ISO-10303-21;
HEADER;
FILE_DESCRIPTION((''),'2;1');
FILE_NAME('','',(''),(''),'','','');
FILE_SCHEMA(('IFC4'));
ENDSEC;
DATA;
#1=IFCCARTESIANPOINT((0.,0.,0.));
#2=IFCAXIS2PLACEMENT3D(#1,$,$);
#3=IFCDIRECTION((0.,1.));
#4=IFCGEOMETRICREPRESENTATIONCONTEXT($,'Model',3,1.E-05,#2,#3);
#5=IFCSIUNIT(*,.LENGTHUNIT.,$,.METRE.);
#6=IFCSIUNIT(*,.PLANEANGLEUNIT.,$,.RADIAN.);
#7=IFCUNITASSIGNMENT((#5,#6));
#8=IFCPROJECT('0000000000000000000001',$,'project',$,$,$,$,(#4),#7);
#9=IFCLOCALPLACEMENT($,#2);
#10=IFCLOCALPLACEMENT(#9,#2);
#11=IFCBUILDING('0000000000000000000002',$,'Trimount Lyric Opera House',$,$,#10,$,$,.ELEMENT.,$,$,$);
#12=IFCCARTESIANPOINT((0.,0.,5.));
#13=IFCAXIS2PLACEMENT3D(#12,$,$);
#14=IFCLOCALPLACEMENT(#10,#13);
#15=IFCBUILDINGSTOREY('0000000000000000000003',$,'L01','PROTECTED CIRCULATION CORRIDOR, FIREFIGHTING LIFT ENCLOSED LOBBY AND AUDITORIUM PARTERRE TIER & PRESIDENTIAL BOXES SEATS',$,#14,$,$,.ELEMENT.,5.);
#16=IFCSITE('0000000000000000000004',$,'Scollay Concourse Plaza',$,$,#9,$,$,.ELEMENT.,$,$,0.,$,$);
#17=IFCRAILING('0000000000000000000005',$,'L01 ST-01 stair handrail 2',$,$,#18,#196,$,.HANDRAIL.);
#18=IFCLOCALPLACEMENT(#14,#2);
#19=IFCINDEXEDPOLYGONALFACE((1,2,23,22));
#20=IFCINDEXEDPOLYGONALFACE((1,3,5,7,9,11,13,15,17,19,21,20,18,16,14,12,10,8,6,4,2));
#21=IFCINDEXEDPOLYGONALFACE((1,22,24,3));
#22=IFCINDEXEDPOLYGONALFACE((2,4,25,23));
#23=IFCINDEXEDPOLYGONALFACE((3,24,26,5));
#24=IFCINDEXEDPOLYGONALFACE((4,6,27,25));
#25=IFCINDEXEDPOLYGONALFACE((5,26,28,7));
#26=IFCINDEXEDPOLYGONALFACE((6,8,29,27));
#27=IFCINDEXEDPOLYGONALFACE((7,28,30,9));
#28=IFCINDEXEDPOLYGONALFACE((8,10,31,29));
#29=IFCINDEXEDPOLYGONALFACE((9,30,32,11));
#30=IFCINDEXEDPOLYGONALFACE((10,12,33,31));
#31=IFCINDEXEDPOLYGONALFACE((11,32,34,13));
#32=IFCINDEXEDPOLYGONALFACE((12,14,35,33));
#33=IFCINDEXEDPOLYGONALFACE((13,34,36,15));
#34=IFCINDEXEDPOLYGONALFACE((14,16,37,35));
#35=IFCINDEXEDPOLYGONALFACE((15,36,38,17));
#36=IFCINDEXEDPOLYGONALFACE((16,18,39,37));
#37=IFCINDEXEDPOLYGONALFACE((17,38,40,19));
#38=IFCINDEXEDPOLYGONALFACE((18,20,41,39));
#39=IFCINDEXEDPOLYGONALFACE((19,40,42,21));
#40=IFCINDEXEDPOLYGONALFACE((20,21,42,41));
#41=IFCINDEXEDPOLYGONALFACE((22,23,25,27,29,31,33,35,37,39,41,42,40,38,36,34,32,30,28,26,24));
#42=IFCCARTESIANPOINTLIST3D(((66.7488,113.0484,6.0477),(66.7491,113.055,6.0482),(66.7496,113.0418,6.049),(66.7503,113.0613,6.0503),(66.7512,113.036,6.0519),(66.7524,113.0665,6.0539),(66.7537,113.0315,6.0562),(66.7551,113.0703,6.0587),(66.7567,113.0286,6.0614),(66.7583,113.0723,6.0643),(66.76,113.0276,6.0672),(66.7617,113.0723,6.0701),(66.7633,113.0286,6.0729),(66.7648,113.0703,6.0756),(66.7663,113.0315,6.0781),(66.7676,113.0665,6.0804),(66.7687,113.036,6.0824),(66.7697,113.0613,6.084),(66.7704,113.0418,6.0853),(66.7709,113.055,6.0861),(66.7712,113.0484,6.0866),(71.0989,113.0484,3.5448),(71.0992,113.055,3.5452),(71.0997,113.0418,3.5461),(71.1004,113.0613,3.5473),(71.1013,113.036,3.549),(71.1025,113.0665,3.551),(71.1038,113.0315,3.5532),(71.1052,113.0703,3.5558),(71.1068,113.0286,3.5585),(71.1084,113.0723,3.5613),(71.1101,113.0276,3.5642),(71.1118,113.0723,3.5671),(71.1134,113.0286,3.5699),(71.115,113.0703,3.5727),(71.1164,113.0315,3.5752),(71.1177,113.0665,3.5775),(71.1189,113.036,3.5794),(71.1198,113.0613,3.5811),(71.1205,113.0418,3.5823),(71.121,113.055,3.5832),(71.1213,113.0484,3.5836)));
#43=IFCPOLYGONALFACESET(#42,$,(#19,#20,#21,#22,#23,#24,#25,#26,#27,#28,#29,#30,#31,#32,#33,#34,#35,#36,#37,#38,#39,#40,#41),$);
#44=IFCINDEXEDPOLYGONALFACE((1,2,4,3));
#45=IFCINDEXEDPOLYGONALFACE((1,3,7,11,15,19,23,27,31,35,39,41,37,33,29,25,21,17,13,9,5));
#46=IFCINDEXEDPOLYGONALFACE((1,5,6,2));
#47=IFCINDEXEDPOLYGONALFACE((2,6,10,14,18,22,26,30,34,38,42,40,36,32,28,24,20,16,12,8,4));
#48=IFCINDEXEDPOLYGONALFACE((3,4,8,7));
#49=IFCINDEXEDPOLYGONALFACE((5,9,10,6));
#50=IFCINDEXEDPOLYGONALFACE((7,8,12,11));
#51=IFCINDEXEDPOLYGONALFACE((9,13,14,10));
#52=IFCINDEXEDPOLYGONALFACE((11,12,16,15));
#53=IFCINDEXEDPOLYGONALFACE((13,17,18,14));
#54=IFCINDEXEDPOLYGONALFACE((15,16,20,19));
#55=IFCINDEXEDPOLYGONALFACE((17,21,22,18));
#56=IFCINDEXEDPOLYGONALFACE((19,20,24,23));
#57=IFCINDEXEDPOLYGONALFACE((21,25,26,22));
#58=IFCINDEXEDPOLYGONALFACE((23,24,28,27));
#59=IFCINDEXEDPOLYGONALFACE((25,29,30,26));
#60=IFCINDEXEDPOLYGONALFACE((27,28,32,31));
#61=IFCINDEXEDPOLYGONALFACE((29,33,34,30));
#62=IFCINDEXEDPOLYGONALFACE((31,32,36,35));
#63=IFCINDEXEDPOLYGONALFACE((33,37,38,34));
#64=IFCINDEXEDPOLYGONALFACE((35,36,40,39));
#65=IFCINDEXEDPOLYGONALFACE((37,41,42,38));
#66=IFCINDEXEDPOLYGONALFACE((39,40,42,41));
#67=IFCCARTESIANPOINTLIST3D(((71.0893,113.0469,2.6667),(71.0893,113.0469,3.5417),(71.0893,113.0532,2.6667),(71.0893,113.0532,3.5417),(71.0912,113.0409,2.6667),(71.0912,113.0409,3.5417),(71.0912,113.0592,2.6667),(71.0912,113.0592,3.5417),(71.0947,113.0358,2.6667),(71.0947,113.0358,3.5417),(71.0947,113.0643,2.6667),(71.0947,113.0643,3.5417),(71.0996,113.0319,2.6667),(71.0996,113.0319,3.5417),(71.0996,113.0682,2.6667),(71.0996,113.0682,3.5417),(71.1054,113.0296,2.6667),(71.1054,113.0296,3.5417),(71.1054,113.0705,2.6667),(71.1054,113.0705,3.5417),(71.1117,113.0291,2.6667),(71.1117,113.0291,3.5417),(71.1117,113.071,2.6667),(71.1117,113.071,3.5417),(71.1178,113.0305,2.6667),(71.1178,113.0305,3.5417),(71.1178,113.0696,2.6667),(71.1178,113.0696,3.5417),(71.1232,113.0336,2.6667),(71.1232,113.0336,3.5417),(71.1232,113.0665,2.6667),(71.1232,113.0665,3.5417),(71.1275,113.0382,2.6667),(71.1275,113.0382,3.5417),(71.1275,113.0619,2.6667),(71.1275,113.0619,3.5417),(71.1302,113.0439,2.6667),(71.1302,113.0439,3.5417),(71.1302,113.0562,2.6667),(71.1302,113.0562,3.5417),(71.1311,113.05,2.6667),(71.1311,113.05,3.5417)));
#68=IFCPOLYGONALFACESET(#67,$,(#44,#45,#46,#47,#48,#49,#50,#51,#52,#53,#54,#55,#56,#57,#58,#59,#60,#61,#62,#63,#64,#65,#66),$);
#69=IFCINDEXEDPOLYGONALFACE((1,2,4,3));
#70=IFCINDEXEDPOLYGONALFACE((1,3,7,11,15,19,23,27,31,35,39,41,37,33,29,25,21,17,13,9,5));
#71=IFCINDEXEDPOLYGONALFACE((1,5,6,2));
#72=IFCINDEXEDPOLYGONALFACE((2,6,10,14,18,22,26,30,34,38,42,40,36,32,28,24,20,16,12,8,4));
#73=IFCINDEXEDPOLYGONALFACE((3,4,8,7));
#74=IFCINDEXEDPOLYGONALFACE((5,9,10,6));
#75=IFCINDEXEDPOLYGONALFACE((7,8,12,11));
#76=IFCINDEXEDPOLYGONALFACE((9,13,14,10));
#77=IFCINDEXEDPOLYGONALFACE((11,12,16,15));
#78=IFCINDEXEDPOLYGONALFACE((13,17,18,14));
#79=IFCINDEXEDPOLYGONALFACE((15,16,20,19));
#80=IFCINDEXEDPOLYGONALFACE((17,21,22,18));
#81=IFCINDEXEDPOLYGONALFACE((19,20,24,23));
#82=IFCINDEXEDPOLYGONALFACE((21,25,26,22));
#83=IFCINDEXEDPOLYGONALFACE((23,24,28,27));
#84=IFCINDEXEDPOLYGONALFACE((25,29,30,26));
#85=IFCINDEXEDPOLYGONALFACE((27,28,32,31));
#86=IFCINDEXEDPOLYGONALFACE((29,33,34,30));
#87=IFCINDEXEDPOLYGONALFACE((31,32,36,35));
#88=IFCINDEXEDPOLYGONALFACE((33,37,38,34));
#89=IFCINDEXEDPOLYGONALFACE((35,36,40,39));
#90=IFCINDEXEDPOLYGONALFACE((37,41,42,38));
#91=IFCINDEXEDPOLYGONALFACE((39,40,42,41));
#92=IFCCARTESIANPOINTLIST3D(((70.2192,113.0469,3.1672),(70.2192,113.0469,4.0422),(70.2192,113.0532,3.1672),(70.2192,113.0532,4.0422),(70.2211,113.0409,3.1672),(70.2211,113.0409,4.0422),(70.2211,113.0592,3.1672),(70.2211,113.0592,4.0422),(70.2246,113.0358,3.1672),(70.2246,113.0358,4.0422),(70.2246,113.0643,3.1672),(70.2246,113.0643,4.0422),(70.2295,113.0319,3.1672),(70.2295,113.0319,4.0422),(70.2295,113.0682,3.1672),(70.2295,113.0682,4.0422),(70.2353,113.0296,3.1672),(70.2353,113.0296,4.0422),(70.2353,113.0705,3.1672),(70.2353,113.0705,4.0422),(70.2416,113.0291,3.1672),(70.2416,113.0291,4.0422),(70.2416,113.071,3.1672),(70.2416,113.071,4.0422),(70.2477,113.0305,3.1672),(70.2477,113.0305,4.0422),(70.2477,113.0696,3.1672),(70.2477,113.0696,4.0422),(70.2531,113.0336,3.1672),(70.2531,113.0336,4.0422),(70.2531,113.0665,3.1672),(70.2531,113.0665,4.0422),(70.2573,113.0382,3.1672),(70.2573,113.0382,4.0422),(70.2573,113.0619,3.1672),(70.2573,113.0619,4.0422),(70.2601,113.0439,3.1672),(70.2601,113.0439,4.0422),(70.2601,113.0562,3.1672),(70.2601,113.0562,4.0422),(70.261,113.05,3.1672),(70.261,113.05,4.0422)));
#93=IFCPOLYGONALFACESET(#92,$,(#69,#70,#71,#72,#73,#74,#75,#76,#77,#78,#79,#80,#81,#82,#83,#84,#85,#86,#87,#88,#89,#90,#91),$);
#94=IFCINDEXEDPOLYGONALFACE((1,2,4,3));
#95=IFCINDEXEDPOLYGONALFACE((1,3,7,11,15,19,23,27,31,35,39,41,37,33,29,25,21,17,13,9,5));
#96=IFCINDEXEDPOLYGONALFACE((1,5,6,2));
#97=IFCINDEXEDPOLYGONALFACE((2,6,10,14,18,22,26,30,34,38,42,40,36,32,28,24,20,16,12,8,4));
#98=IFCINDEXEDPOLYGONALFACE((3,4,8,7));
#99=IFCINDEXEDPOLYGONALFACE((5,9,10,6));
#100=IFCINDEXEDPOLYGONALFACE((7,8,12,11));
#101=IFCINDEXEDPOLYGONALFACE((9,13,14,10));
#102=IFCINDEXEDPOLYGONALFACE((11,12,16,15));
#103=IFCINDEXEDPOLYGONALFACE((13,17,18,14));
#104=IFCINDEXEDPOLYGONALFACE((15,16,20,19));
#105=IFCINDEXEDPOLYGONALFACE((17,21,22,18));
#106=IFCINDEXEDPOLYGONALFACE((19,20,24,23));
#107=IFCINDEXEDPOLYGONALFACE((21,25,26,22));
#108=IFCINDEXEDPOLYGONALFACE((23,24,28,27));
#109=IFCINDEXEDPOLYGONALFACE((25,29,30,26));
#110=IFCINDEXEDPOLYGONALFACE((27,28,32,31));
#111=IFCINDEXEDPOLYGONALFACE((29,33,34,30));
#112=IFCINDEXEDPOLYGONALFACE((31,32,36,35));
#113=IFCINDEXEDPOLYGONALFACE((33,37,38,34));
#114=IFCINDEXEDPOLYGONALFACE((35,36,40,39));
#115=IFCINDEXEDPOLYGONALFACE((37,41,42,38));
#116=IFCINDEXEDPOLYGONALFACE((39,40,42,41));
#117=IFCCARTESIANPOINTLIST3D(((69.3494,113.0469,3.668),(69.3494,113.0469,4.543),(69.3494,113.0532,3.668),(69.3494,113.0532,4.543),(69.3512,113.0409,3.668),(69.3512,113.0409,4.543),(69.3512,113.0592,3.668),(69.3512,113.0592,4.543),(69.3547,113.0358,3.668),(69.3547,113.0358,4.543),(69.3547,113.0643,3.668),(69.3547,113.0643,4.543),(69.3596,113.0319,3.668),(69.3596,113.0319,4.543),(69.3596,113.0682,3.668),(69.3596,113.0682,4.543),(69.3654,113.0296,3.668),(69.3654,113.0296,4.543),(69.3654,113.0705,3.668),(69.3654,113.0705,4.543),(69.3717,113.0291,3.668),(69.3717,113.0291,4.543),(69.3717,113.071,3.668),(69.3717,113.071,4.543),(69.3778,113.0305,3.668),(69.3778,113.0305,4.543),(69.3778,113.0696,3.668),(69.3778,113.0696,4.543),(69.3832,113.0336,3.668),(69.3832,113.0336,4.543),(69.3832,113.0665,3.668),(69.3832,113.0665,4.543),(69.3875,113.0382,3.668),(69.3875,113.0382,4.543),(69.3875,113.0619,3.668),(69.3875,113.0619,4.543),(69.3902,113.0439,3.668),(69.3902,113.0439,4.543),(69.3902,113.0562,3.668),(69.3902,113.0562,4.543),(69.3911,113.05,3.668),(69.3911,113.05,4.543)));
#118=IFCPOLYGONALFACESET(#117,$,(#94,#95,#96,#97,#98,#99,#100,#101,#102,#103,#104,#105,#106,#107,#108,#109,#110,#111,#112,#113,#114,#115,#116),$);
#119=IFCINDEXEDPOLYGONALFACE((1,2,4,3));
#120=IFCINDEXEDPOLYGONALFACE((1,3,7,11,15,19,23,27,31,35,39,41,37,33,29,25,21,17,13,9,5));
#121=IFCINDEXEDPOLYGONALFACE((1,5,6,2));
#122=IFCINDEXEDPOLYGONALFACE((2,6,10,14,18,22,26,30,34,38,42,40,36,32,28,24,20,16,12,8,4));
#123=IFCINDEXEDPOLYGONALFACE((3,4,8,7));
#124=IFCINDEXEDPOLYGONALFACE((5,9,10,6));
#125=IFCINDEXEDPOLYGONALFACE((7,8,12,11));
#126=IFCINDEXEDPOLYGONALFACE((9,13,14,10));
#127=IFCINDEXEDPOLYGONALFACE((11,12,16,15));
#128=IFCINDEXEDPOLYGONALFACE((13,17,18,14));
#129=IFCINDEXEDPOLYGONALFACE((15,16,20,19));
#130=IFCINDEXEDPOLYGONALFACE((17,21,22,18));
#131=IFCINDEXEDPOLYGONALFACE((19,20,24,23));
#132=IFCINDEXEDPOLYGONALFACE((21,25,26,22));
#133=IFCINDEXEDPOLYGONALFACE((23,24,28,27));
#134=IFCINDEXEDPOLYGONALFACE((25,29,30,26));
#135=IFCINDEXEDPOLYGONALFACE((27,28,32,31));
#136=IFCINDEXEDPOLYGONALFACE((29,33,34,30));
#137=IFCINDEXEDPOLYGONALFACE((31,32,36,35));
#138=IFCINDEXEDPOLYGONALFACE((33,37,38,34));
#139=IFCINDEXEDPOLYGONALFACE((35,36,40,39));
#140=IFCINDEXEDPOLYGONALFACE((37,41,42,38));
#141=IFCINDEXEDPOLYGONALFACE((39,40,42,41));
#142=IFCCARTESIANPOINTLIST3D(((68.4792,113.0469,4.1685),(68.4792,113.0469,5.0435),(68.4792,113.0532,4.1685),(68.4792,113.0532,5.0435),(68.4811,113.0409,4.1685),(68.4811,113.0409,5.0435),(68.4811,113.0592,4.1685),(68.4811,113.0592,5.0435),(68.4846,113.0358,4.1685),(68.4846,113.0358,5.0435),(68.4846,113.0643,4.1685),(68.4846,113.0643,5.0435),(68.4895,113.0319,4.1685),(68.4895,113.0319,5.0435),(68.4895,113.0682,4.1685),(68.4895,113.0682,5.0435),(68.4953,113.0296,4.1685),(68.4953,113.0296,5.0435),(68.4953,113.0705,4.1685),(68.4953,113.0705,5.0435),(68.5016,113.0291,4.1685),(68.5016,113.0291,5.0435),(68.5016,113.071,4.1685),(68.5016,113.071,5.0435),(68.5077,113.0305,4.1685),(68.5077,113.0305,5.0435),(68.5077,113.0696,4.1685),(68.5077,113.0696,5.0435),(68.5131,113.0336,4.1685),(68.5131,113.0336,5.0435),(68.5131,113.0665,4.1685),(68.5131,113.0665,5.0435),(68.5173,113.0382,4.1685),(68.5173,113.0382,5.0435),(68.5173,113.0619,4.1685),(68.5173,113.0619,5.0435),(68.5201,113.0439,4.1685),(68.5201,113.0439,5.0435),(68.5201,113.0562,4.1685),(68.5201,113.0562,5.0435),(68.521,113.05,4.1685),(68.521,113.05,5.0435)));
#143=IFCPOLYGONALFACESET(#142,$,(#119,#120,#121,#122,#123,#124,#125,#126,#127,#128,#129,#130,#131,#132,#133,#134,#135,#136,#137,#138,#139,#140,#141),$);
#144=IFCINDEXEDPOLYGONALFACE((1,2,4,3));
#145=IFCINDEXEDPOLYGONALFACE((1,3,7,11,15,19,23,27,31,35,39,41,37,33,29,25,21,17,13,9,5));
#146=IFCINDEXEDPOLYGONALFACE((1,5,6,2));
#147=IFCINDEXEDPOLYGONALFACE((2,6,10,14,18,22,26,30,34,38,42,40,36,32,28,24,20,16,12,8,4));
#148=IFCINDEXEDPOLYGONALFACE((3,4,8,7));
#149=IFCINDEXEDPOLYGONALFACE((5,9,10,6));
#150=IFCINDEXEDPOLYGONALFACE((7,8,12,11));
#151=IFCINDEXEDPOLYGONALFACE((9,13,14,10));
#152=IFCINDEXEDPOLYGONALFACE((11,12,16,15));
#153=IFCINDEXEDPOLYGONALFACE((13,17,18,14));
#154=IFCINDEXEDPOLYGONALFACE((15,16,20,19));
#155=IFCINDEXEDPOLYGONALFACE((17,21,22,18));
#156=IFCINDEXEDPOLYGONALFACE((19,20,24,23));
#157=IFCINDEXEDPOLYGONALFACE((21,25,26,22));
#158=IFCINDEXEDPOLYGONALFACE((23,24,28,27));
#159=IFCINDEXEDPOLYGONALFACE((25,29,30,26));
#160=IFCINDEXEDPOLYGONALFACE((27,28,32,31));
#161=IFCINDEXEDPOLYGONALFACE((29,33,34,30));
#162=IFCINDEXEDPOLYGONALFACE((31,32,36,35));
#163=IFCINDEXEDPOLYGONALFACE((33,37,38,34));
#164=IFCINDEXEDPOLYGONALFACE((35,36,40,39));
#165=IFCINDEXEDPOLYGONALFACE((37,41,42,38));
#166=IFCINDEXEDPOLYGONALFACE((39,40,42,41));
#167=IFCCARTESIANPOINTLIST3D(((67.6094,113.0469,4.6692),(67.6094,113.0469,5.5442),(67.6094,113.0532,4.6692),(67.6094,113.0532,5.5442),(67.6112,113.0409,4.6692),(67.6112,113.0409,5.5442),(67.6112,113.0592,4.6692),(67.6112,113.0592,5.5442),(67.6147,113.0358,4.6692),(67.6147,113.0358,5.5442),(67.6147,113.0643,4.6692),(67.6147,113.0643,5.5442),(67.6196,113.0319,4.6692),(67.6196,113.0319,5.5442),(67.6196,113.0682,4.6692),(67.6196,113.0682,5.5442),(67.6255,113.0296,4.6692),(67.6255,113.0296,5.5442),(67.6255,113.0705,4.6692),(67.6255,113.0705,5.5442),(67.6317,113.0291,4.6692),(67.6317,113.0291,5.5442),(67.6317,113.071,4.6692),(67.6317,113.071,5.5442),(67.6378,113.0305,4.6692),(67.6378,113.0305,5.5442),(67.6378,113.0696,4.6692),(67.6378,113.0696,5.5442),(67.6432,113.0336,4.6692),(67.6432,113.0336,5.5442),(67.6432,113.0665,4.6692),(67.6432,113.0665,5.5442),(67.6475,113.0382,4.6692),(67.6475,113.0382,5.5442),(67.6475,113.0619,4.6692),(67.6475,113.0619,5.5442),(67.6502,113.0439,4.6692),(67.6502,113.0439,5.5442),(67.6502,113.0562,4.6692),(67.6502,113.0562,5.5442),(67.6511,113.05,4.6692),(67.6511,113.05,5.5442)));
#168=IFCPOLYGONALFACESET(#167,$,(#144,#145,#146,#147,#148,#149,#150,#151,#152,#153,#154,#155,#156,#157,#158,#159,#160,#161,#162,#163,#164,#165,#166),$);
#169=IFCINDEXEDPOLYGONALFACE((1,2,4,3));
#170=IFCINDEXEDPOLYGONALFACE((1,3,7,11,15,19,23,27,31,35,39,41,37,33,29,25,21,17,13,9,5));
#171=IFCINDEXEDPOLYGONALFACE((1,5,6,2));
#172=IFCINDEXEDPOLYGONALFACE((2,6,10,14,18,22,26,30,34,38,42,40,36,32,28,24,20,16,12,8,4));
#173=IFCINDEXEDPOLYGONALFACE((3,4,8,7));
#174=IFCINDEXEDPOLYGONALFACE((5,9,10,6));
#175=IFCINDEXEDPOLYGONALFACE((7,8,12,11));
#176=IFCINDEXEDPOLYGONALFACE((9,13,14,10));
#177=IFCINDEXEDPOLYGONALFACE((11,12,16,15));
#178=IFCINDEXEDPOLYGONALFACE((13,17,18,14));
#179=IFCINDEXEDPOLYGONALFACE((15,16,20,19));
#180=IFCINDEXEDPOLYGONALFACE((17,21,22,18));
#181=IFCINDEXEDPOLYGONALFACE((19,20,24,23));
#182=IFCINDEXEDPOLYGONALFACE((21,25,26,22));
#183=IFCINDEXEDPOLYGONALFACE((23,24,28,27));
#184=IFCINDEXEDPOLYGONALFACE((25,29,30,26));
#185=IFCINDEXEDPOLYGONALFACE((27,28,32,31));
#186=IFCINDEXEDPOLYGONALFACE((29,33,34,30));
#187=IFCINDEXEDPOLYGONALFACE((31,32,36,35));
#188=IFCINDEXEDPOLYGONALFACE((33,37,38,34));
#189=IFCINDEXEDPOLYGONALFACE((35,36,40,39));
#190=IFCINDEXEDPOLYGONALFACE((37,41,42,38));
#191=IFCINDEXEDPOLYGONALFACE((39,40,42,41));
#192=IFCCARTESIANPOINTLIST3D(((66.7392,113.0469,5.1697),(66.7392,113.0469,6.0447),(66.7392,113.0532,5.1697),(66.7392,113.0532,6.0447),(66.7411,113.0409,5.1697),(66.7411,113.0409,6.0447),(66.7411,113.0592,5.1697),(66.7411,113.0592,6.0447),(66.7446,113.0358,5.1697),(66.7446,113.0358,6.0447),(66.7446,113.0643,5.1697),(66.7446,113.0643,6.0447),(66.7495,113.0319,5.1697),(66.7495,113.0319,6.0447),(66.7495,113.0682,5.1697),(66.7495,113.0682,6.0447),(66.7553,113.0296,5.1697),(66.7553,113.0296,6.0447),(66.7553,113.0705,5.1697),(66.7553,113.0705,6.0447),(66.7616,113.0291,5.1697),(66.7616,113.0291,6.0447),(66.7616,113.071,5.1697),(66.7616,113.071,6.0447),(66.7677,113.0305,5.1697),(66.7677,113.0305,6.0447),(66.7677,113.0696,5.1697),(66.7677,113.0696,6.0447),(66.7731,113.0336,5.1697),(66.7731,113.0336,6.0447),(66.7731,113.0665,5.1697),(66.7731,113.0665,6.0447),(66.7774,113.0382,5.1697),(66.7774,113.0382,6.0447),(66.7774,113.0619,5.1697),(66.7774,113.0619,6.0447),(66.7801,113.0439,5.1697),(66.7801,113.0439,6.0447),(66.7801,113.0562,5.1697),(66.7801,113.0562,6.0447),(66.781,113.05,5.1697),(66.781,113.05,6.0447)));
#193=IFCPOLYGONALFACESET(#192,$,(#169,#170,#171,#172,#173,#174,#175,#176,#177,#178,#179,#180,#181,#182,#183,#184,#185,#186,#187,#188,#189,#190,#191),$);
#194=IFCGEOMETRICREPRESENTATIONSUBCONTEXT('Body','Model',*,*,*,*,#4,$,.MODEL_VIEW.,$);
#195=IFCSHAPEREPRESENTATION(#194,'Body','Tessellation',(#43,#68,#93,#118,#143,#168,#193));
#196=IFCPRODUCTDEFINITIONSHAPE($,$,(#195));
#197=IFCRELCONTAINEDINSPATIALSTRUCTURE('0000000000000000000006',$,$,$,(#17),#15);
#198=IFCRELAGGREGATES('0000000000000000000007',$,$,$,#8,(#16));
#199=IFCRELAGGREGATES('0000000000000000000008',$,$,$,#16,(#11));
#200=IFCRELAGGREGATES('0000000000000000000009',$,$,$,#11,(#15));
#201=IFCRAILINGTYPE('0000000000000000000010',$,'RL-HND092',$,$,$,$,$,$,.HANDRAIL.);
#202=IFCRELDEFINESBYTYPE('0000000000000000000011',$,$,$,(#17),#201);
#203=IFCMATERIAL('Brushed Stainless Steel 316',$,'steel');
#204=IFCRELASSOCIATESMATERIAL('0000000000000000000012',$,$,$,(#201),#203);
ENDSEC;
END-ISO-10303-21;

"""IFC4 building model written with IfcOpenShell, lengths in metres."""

from ifc_helpers import new_model, si_unit, direction, frame, origin, origin_2d, place, context, subcontext, project, spatial, circle, extrude, material, type_object, element, save


model = new_model("IFC4")

# Units and contexts
model_context = context("Model", 3, precision=1e-05, world=origin(), true_north=direction((0.0, 1.0)))
body_context = subcontext(model_context, "Body", "Model", "MODEL_VIEW")
ifc_project = project(units=[si_unit("LENGTHUNIT", "METRE"), si_unit("PLANEANGLEUNIT", "RADIAN")], contexts=[model_context])

# Site, building, storey
site_placement = place(None, origin())
site = spatial("IfcSite", under=ifc_project, at=site_placement, Name="Scollay Concourse Plaza", CompositionType="ELEMENT", RefElevation=0.0)
building_placement = place(site_placement, origin())
building = spatial("IfcBuilding", under=site, at=building_placement, Name="Trimount Lyric Opera House", CompositionType="ELEMENT")
storey_placement = place(building_placement, frame((0.0, 0.0, 5.0)))
storey = spatial("IfcBuildingStorey", under=building, at=storey_placement, Name="L01", Description="PROTECTED CIRCULATION CORRIDOR, FIREFIGHTING LIFT ENCLOSED LOBBY AND AUDITORIUM PARTERRE TIER & PRESIDENTIAL BOXES SEATS", CompositionType="ELEMENT", Elevation=5.0)

# Railing
ifc_material_1 = material(Name="Brushed Stainless Steel 316", Category="steel")
railing_type_1 = type_object("IfcRailingType", Name="RL-HND092", PredefinedType="HANDRAIL", material=ifc_material_1)
railing_1_placement = place(storey_placement, frame((71.1101, 113.05, 2.6667)))
element("IfcRailing", 1, at=railing_1_placement, inside=storey, type_object=railing_type_1, Name="L01 ST-01 stair handrail 2", PredefinedType="HANDRAIL", context=body_context, shape_type="SweptSolid", body=[
    extrude(circle(Radius=0.0225, at=origin_2d()), frame((0.0, 0.0, 0.8975), z_axis=(-0.866766, 0.0, 0.498714), x_axis=(0.0, -1.0, 0.0)), (0.0, 0.0, 1.0), 5.0188),
    extrude(circle(Radius=0.021, at=origin_2d()), origin(), (0.0, 0.0, 1.0), 0.875),
    extrude(circle(Radius=0.021, at=origin_2d()), frame((-0.8701, 0.0, 0.5005)), (0.0, 0.0, 1.0), 0.875),
    extrude(circle(Radius=0.021, at=origin_2d()), frame((-1.74, 0.0, 1.0012)), (0.0, 0.0, 1.0), 0.875),
    extrude(circle(Radius=0.021, at=origin_2d()), frame((-2.6101, 0.0, 1.5017)), (0.0, 0.0, 1.0), 0.875),
    extrude(circle(Radius=0.021, at=origin_2d()), frame((-3.48, 0.0, 2.0024)), (0.0, 0.0, 1.0), 0.875),
    extrude(circle(Radius=0.021, at=origin_2d()), frame((-4.3501, 0.0, 2.5029)), (0.0, 0.0, 1.0), 0.875),
])

save(model, "model.ifc")
